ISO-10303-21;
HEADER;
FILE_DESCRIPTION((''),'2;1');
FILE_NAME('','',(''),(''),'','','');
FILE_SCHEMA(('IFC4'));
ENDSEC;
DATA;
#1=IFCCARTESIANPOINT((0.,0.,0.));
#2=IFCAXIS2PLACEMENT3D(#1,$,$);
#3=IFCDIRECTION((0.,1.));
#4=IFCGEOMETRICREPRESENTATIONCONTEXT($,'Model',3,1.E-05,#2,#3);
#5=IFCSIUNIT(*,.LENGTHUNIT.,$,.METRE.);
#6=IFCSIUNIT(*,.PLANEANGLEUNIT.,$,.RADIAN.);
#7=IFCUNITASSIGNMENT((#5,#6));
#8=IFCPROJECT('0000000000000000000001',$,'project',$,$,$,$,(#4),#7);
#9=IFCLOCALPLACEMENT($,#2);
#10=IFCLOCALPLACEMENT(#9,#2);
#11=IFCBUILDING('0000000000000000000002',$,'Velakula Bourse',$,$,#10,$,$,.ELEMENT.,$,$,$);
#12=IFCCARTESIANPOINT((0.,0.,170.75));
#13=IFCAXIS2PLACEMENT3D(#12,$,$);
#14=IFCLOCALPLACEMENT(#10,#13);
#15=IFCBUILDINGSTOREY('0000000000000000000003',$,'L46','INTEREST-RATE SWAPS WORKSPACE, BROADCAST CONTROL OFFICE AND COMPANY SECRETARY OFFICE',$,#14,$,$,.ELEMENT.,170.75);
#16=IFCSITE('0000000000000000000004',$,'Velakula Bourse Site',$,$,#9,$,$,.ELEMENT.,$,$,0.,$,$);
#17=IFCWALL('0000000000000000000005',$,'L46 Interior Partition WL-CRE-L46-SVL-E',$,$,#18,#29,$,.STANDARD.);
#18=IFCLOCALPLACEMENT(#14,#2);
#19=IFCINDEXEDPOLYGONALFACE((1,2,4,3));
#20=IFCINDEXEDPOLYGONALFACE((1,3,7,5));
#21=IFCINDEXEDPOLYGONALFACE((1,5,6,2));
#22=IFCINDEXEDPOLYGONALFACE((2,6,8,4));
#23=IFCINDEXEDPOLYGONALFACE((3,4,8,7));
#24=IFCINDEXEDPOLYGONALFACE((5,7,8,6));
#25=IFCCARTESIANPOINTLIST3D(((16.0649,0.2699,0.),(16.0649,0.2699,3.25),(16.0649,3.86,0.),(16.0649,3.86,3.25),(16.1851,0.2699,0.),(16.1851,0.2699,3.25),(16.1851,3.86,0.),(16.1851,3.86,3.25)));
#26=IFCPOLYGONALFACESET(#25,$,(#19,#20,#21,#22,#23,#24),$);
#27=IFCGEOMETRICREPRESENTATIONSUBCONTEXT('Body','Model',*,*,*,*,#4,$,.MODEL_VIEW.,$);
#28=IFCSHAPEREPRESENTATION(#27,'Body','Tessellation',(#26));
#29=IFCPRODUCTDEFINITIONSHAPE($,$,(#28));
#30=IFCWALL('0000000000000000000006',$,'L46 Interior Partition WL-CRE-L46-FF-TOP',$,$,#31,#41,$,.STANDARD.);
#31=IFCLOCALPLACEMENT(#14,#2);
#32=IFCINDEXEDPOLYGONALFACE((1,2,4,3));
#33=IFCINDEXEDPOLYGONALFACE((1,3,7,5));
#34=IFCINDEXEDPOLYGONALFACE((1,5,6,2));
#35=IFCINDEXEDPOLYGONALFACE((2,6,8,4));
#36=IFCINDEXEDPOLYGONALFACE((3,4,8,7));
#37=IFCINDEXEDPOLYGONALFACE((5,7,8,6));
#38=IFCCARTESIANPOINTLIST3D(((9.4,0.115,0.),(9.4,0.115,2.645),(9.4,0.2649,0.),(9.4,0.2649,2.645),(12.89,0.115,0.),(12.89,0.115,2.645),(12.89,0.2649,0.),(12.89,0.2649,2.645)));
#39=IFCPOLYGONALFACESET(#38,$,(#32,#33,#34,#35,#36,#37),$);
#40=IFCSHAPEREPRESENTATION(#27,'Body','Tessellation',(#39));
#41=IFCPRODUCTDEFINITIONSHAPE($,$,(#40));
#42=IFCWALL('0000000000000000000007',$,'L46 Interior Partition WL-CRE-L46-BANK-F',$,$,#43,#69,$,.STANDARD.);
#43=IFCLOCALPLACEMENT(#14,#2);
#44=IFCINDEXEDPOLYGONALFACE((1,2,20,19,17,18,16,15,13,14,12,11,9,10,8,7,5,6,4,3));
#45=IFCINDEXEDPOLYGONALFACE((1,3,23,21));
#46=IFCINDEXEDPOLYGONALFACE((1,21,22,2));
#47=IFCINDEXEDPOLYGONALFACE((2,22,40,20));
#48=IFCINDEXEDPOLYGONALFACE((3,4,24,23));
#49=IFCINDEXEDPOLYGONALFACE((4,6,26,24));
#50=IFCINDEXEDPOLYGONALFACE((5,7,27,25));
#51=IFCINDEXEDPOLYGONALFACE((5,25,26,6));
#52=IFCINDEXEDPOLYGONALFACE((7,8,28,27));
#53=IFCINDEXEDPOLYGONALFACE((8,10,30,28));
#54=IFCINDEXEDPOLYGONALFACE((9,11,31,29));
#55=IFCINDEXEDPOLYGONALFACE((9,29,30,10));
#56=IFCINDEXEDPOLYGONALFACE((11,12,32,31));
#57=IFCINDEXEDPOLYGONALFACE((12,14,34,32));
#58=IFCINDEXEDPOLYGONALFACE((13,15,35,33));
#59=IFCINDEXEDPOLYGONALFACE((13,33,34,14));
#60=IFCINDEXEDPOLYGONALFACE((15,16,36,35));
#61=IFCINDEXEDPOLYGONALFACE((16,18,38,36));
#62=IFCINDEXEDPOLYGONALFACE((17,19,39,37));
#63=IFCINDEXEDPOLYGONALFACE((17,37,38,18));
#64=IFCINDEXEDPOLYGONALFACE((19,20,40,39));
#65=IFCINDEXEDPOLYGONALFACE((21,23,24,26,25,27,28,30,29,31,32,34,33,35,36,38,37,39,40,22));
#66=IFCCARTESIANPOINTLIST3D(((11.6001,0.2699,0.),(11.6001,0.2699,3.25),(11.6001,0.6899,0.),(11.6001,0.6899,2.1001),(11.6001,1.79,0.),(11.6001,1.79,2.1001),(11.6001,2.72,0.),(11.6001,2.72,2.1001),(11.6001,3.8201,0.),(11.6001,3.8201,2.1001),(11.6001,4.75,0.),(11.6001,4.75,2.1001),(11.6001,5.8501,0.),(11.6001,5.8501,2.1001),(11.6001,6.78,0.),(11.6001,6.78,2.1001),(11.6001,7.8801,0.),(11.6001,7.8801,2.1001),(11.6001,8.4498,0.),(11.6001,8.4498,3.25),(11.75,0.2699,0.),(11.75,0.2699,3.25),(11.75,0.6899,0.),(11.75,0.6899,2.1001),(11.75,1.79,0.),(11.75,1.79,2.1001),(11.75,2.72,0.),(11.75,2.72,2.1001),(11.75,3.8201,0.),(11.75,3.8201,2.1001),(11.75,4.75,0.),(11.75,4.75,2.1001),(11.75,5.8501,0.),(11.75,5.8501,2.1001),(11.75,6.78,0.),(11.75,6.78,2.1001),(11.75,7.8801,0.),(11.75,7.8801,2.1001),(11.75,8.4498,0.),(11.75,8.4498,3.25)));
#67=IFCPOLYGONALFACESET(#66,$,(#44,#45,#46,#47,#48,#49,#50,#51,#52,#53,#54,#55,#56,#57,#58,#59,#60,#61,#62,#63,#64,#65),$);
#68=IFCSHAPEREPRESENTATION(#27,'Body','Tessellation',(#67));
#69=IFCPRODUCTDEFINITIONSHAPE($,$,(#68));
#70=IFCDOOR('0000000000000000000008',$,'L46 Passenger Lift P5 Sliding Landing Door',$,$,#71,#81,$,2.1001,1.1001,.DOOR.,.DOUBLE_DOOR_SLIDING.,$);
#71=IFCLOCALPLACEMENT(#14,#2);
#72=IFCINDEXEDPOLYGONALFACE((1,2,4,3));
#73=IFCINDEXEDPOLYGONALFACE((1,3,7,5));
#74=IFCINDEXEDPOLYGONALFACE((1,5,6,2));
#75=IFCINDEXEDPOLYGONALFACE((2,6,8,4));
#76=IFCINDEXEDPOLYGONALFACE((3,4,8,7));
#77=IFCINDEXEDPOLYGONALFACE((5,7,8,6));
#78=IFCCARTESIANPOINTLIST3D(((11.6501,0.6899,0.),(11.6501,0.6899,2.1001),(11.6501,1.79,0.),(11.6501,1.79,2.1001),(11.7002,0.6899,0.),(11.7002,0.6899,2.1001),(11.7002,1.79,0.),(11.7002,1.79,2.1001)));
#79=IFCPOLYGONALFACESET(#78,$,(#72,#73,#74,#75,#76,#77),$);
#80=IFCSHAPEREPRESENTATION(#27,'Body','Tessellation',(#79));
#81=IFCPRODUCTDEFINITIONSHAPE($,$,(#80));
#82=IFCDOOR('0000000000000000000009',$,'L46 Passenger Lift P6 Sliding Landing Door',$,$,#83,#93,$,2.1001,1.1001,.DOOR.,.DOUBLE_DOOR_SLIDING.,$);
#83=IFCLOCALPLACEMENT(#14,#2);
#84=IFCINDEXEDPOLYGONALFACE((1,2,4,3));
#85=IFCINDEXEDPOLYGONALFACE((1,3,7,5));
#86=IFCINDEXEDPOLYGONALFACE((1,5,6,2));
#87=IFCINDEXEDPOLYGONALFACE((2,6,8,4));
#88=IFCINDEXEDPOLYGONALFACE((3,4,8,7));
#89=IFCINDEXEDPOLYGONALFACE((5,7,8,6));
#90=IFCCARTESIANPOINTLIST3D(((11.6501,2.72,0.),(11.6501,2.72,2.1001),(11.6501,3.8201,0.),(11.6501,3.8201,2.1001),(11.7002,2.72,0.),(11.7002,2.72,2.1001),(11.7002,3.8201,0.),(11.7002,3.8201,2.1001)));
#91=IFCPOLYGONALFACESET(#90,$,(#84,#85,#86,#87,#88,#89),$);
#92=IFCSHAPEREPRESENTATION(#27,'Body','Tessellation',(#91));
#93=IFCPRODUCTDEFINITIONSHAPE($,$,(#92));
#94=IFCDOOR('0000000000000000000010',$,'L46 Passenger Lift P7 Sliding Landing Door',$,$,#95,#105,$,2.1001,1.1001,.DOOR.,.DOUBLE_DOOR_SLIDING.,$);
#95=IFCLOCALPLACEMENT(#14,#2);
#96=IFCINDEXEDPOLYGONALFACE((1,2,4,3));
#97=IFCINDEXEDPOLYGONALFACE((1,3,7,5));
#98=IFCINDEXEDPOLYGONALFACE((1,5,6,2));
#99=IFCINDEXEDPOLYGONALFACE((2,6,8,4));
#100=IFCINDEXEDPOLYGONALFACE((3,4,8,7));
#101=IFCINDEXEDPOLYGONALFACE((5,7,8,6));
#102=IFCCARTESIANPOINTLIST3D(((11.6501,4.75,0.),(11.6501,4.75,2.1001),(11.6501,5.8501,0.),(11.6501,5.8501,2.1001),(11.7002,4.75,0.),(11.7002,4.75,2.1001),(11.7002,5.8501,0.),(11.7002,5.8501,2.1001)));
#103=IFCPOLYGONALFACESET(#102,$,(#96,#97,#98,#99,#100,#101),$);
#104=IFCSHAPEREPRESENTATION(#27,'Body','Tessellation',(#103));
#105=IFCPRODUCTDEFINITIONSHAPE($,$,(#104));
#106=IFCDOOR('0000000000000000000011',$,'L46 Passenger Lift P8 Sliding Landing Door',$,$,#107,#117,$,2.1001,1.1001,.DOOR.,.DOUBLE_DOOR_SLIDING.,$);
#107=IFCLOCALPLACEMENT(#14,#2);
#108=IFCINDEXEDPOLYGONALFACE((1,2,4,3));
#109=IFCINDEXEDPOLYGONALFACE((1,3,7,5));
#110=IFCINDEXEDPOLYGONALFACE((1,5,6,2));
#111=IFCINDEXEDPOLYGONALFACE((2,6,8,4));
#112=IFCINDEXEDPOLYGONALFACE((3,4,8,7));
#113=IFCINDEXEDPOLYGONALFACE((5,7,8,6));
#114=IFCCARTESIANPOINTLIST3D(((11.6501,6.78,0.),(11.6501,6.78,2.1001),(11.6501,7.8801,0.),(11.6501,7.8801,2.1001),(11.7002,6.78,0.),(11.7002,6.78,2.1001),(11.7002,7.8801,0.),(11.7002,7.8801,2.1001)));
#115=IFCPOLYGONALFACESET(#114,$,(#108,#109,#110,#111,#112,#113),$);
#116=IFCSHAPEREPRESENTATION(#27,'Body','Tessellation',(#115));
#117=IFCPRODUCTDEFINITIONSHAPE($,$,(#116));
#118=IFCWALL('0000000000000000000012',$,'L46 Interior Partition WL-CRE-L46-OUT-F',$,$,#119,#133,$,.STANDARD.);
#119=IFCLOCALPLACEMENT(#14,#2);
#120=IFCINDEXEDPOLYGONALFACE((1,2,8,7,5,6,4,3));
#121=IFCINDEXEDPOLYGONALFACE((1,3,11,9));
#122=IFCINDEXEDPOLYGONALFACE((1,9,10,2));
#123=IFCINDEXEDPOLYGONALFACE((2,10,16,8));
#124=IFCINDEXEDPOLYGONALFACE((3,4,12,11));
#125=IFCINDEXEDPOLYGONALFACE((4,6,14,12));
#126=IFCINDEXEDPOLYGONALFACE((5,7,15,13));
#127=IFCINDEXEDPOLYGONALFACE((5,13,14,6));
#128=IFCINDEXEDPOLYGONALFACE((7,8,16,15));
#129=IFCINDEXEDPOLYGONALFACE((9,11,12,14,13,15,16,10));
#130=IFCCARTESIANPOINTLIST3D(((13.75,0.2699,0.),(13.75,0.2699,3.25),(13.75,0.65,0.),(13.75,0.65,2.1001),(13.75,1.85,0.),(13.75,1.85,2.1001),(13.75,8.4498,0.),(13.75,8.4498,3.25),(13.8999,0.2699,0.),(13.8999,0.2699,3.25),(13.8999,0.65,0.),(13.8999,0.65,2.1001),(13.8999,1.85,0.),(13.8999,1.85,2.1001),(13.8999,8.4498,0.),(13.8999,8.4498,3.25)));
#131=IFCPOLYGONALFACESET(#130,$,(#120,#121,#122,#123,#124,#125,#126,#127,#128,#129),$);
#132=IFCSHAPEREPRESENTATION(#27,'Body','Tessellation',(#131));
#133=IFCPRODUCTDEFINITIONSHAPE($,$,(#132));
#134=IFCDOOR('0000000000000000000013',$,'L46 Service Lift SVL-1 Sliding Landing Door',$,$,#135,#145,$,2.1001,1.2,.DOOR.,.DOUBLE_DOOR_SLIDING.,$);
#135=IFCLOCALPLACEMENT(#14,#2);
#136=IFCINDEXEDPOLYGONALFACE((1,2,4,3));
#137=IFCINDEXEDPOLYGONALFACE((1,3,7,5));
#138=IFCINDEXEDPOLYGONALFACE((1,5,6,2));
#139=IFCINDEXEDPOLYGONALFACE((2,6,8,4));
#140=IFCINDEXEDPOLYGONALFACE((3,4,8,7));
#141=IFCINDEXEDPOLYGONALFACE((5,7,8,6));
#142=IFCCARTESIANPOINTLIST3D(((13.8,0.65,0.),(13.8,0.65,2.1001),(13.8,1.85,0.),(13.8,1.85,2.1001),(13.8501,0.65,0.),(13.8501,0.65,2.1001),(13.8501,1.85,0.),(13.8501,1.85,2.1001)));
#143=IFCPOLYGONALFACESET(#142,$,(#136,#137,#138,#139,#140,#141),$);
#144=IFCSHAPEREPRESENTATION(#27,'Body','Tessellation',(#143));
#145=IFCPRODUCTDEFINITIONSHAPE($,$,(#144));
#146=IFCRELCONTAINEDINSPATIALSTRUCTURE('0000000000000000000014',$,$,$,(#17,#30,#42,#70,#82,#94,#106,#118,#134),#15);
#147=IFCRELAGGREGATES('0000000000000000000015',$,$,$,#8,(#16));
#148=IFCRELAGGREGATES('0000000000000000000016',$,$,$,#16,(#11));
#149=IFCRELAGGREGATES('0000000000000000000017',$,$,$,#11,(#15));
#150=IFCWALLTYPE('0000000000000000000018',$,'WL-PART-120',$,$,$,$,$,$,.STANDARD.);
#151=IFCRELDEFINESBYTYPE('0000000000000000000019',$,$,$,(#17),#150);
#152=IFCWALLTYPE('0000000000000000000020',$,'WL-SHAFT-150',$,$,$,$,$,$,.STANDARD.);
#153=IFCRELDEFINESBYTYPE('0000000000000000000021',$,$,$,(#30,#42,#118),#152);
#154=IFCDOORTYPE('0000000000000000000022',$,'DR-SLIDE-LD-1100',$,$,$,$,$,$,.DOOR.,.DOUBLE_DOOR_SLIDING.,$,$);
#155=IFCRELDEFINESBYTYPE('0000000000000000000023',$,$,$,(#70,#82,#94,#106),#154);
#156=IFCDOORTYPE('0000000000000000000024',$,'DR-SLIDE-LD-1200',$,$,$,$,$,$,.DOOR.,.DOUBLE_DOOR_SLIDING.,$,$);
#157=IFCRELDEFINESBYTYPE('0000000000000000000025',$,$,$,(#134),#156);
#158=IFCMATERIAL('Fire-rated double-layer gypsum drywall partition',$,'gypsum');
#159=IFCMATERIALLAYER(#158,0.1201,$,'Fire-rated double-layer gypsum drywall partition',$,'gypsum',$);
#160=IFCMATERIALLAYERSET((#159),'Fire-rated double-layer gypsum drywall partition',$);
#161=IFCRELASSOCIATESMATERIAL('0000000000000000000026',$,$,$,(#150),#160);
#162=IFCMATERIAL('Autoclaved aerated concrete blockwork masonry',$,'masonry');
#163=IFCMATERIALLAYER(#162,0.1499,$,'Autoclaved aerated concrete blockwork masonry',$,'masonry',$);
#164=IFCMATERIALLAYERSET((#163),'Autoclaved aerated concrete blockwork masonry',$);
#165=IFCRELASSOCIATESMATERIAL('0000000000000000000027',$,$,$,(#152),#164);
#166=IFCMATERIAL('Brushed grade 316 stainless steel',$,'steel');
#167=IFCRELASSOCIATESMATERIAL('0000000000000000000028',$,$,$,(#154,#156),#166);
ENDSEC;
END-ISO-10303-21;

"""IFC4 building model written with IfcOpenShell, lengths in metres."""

from ifc_helpers import new_model, si_unit, direction, frame, frame_2d, origin, place, context, subcontext, project, spatial, rectangle, extrude, material, layer, layer_set, type_object, element, fill, save


model = new_model("IFC4")

# Units and contexts
model_context = context("Model", 3, precision=1e-05, world=origin(), true_north=direction((0.0, 1.0)))
body_context = subcontext(model_context, "Body", "Model", "MODEL_VIEW")
ifc_project = project(units=[si_unit("LENGTHUNIT", "METRE"), si_unit("PLANEANGLEUNIT", "RADIAN")], contexts=[model_context])

# Site, building, storey
site_placement = place(None, origin())
site = spatial("IfcSite", under=ifc_project, at=site_placement, Name="Velakula Bourse Site", CompositionType="ELEMENT", RefElevation=0.0)
building_placement = place(site_placement, origin())
building = spatial("IfcBuilding", under=site, at=building_placement, Name="Velakula Bourse", CompositionType="ELEMENT")
storey_placement = place(building_placement, frame((0.0, 0.0, 170.75)))
storey = spatial("IfcBuildingStorey", under=building, at=storey_placement, Name="L46", Description="INTEREST-RATE SWAPS WORKSPACE, BROADCAST CONTROL OFFICE AND COMPANY SECRETARY OFFICE", CompositionType="ELEMENT", Elevation=170.75)

# Walls
ifc_material_1 = material(Name="Fire-rated double-layer gypsum drywall partition", Category="gypsum")
ifc_layer_1 = layer(ifc_material_1, 0.1201, Name="Fire-rated double-layer gypsum drywall partition", Category="gypsum")
ifc_layer_set_1 = layer_set([ifc_layer_1], Name="Fire-rated double-layer gypsum drywall partition")
wall_type_1 = type_object("IfcWallType", Name="WL-PART-120", PredefinedType="STANDARD", material=ifc_layer_set_1)
wall_1_placement = place(storey_placement, frame((16.125, 0.27, 0.0), z_axis=(0.0, 0.0, 1.0), x_axis=(0.0, 1.0, 0.0)))
element("IfcWall", 1, at=wall_1_placement, inside=storey, type_object=wall_type_1, Name="L46 Interior Partition WL-CRE-L46-SVL-E", PredefinedType="STANDARD", context=body_context, shape_type="SweptSolid", body=[
    extrude(rectangle(XDim=3.5901, YDim=0.1201, at=frame_2d((1.7949, 0.0))), origin(), (0.0, 0.0, 1.0), 3.25),
])
ifc_material_2 = material(Name="Autoclaved aerated concrete blockwork masonry", Category="masonry")
ifc_layer_2 = layer(ifc_material_2, 0.1499, Name="Autoclaved aerated concrete blockwork masonry", Category="masonry")
ifc_layer_set_2 = layer_set([ifc_layer_2], Name="Autoclaved aerated concrete blockwork masonry")
wall_type_2 = type_object("IfcWallType", Name="WL-SHAFT-150", PredefinedType="STANDARD", material=ifc_layer_set_2)
wall_2_placement = place(storey_placement, frame((9.3999, 0.1899, 0.0), z_axis=(0.0, 0.0, 1.0), x_axis=(1.0, 0.0, 0.0)))
element("IfcWall", 2, at=wall_2_placement, inside=storey, type_object=wall_type_2, Name="L46 Interior Partition WL-CRE-L46-FF-TOP", PredefinedType="STANDARD", context=body_context, shape_type="SweptSolid", body=[
    extrude(rectangle(XDim=3.49, YDim=0.1499, at=frame_2d((1.7451, 0.0))), origin(), (0.0, 0.0, 1.0), 2.645),
])

# Wall, openings, doors
wall_3_placement = place(storey_placement, frame((11.675, 0.27, 0.0), z_axis=(0.0, 0.0, 1.0), x_axis=(0.0, 1.0, 0.0)))
wall_3 = element("IfcWall", 3, at=wall_3_placement, inside=storey, type_object=wall_type_2, Name="L46 Interior Partition WL-CRE-L46-BANK-F", PredefinedType="STANDARD", context=body_context, shape_type="SweptSolid", body=[
    extrude(rectangle(XDim=8.1799, YDim=0.1499, at=frame_2d((4.0898, 0.0))), origin(), (0.0, 0.0, 1.0), 3.25),
])
opening_1_placement = place(wall_3_placement, frame((0.4199, 0.0, 0.0)))
opening_1 = element("IfcOpeningElement", 4, at=opening_1_placement, cuts=wall_3, PredefinedType="OPENING", context=body_context, shape_type="SweptSolid", body=[
    extrude(rectangle(XDim=1.1001, YDim=2.1001, at=frame_2d((0.55, 1.05))), frame((0.0, 0.085, 0.0), z_axis=(0.0, -1.0, 0.0), x_axis=(1.0, 0.0, 0.0)), (0.0, 0.0, 1.0), 0.1699),
])
opening_2_placement = place(wall_3_placement, frame((2.45, 0.0, 0.0)))
opening_2 = element("IfcOpeningElement", 5, at=opening_2_placement, cuts=wall_3, PredefinedType="OPENING", context=body_context, shape_type="SweptSolid", body=[
    extrude(rectangle(XDim=1.1001, YDim=2.1001, at=frame_2d((0.55, 1.05))), frame((0.0, 0.085, 0.0), z_axis=(0.0, -1.0, 0.0), x_axis=(1.0, 0.0, 0.0)), (0.0, 0.0, 1.0), 0.1699),
])
opening_3_placement = place(wall_3_placement, frame((4.48, 0.0, 0.0)))
opening_3 = element("IfcOpeningElement", 6, at=opening_3_placement, cuts=wall_3, PredefinedType="OPENING", context=body_context, shape_type="SweptSolid", body=[
    extrude(rectangle(XDim=1.1001, YDim=2.1001, at=frame_2d((0.55, 1.05))), frame((0.0, 0.085, 0.0), z_axis=(0.0, -1.0, 0.0), x_axis=(1.0, 0.0, 0.0)), (0.0, 0.0, 1.0), 0.1699),
])
opening_4_placement = place(wall_3_placement, frame((6.51, 0.0, 0.0)))
opening_4 = element("IfcOpeningElement", 7, at=opening_4_placement, cuts=wall_3, PredefinedType="OPENING", context=body_context, shape_type="SweptSolid", body=[
    extrude(rectangle(XDim=1.1001, YDim=2.1001, at=frame_2d((0.55, 1.05))), frame((0.0, 0.085, 0.0), z_axis=(0.0, -1.0, 0.0), x_axis=(1.0, 0.0, 0.0)), (0.0, 0.0, 1.0), 0.1699),
])
ifc_material_3 = material(Name="Brushed grade 316 stainless steel", Category="steel")
door_type_1 = type_object("IfcDoorType", Name="DR-SLIDE-LD-1100", OperationType="DOUBLE_DOOR_SLIDING", PredefinedType="DOOR", material=ifc_material_3)
door_1_placement = place(opening_1_placement, origin())
door_1 = element("IfcDoor", 8, at=door_1_placement, inside=storey, type_object=door_type_1, Name="L46 Passenger Lift P5 Sliding Landing Door", OperationType="DOUBLE_DOOR_SLIDING", OverallHeight=2.1001, OverallWidth=1.1001, PredefinedType="DOOR", context=body_context, shape_type="SweptSolid", body=[
    extrude(rectangle(XDim=1.1001, YDim=2.1001, at=frame_2d((0.55, 1.05))), frame((0.0, 0.0249, 0.0), z_axis=(0.0, -1.0, 0.0), x_axis=(1.0, 0.0, 0.0)), (0.0, 0.0, 1.0), 0.05),
])
fill(opening_1, door_1)
door_2_placement = place(opening_2_placement, origin())
door_2 = element("IfcDoor", 9, at=door_2_placement, inside=storey, type_object=door_type_1, Name="L46 Passenger Lift P6 Sliding Landing Door", OperationType="DOUBLE_DOOR_SLIDING", OverallHeight=2.1001, OverallWidth=1.1001, PredefinedType="DOOR", context=body_context, shape_type="SweptSolid", body=[
    extrude(rectangle(XDim=1.1001, YDim=2.1001, at=frame_2d((0.55, 1.05))), frame((0.0, 0.0249, 0.0), z_axis=(0.0, -1.0, 0.0), x_axis=(1.0, 0.0, 0.0)), (0.0, 0.0, 1.0), 0.05),
])
fill(opening_2, door_2)
door_3_placement = place(opening_3_placement, origin())
door_3 = element("IfcDoor", 10, at=door_3_placement, inside=storey, type_object=door_type_1, Name="L46 Passenger Lift P7 Sliding Landing Door", OperationType="DOUBLE_DOOR_SLIDING", OverallHeight=2.1001, OverallWidth=1.1001, PredefinedType="DOOR", context=body_context, shape_type="SweptSolid", body=[
    extrude(rectangle(XDim=1.1001, YDim=2.1001, at=frame_2d((0.55, 1.05))), frame((0.0, 0.0249, 0.0), z_axis=(0.0, -1.0, 0.0), x_axis=(1.0, 0.0, 0.0)), (0.0, 0.0, 1.0), 0.05),
])
fill(opening_3, door_3)
door_4_placement = place(opening_4_placement, origin())
door_4 = element("IfcDoor", 11, at=door_4_placement, inside=storey, type_object=door_type_1, Name="L46 Passenger Lift P8 Sliding Landing Door", OperationType="DOUBLE_DOOR_SLIDING", OverallHeight=2.1001, OverallWidth=1.1001, PredefinedType="DOOR", context=body_context, shape_type="SweptSolid", body=[
    extrude(rectangle(XDim=1.1001, YDim=2.1001, at=frame_2d((0.55, 1.05))), frame((0.0, 0.0249, 0.0), z_axis=(0.0, -1.0, 0.0), x_axis=(1.0, 0.0, 0.0)), (0.0, 0.0, 1.0), 0.05),
])
fill(opening_4, door_4)

# Wall, opening, door
wall_4_placement = place(storey_placement, frame((13.825, 0.27, 0.0), z_axis=(0.0, 0.0, 1.0), x_axis=(0.0, 1.0, 0.0)))
wall_4 = element("IfcWall", 12, at=wall_4_placement, inside=storey, type_object=wall_type_2, Name="L46 Interior Partition WL-CRE-L46-OUT-F", PredefinedType="STANDARD", context=body_context, shape_type="SweptSolid", body=[
    extrude(rectangle(XDim=8.1799, YDim=0.1499, at=frame_2d((4.0898, 0.0))), origin(), (0.0, 0.0, 1.0), 3.25),
])
opening_5_placement = place(wall_4_placement, frame((0.3799, 0.0, 0.0)))
opening_5 = element("IfcOpeningElement", 13, at=opening_5_placement, cuts=wall_4, PredefinedType="OPENING", context=body_context, shape_type="SweptSolid", body=[
    extrude(rectangle(XDim=1.2, YDim=2.1001, at=frame_2d((0.6001, 1.05))), frame((0.0, 0.085, 0.0), z_axis=(0.0, -1.0, 0.0), x_axis=(1.0, 0.0, 0.0)), (0.0, 0.0, 1.0), 0.1699),
])
door_type_2 = type_object("IfcDoorType", Name="DR-SLIDE-LD-1200", OperationType="DOUBLE_DOOR_SLIDING", PredefinedType="DOOR", material=ifc_material_3)
door_5_placement = place(opening_5_placement, origin())
door_5 = element("IfcDoor", 14, at=door_5_placement, inside=storey, type_object=door_type_2, Name="L46 Service Lift SVL-1 Sliding Landing Door", OperationType="DOUBLE_DOOR_SLIDING", OverallHeight=2.1001, OverallWidth=1.2, PredefinedType="DOOR", context=body_context, shape_type="SweptSolid", body=[
    extrude(rectangle(XDim=1.2, YDim=2.1001, at=frame_2d((0.6001, 1.05))), frame((0.0, 0.0249, 0.0), z_axis=(0.0, -1.0, 0.0), x_axis=(1.0, 0.0, 0.0)), (0.0, 0.0, 1.0), 0.05),
])
fill(opening_5, door_5)

save(model, "model.ifc")
